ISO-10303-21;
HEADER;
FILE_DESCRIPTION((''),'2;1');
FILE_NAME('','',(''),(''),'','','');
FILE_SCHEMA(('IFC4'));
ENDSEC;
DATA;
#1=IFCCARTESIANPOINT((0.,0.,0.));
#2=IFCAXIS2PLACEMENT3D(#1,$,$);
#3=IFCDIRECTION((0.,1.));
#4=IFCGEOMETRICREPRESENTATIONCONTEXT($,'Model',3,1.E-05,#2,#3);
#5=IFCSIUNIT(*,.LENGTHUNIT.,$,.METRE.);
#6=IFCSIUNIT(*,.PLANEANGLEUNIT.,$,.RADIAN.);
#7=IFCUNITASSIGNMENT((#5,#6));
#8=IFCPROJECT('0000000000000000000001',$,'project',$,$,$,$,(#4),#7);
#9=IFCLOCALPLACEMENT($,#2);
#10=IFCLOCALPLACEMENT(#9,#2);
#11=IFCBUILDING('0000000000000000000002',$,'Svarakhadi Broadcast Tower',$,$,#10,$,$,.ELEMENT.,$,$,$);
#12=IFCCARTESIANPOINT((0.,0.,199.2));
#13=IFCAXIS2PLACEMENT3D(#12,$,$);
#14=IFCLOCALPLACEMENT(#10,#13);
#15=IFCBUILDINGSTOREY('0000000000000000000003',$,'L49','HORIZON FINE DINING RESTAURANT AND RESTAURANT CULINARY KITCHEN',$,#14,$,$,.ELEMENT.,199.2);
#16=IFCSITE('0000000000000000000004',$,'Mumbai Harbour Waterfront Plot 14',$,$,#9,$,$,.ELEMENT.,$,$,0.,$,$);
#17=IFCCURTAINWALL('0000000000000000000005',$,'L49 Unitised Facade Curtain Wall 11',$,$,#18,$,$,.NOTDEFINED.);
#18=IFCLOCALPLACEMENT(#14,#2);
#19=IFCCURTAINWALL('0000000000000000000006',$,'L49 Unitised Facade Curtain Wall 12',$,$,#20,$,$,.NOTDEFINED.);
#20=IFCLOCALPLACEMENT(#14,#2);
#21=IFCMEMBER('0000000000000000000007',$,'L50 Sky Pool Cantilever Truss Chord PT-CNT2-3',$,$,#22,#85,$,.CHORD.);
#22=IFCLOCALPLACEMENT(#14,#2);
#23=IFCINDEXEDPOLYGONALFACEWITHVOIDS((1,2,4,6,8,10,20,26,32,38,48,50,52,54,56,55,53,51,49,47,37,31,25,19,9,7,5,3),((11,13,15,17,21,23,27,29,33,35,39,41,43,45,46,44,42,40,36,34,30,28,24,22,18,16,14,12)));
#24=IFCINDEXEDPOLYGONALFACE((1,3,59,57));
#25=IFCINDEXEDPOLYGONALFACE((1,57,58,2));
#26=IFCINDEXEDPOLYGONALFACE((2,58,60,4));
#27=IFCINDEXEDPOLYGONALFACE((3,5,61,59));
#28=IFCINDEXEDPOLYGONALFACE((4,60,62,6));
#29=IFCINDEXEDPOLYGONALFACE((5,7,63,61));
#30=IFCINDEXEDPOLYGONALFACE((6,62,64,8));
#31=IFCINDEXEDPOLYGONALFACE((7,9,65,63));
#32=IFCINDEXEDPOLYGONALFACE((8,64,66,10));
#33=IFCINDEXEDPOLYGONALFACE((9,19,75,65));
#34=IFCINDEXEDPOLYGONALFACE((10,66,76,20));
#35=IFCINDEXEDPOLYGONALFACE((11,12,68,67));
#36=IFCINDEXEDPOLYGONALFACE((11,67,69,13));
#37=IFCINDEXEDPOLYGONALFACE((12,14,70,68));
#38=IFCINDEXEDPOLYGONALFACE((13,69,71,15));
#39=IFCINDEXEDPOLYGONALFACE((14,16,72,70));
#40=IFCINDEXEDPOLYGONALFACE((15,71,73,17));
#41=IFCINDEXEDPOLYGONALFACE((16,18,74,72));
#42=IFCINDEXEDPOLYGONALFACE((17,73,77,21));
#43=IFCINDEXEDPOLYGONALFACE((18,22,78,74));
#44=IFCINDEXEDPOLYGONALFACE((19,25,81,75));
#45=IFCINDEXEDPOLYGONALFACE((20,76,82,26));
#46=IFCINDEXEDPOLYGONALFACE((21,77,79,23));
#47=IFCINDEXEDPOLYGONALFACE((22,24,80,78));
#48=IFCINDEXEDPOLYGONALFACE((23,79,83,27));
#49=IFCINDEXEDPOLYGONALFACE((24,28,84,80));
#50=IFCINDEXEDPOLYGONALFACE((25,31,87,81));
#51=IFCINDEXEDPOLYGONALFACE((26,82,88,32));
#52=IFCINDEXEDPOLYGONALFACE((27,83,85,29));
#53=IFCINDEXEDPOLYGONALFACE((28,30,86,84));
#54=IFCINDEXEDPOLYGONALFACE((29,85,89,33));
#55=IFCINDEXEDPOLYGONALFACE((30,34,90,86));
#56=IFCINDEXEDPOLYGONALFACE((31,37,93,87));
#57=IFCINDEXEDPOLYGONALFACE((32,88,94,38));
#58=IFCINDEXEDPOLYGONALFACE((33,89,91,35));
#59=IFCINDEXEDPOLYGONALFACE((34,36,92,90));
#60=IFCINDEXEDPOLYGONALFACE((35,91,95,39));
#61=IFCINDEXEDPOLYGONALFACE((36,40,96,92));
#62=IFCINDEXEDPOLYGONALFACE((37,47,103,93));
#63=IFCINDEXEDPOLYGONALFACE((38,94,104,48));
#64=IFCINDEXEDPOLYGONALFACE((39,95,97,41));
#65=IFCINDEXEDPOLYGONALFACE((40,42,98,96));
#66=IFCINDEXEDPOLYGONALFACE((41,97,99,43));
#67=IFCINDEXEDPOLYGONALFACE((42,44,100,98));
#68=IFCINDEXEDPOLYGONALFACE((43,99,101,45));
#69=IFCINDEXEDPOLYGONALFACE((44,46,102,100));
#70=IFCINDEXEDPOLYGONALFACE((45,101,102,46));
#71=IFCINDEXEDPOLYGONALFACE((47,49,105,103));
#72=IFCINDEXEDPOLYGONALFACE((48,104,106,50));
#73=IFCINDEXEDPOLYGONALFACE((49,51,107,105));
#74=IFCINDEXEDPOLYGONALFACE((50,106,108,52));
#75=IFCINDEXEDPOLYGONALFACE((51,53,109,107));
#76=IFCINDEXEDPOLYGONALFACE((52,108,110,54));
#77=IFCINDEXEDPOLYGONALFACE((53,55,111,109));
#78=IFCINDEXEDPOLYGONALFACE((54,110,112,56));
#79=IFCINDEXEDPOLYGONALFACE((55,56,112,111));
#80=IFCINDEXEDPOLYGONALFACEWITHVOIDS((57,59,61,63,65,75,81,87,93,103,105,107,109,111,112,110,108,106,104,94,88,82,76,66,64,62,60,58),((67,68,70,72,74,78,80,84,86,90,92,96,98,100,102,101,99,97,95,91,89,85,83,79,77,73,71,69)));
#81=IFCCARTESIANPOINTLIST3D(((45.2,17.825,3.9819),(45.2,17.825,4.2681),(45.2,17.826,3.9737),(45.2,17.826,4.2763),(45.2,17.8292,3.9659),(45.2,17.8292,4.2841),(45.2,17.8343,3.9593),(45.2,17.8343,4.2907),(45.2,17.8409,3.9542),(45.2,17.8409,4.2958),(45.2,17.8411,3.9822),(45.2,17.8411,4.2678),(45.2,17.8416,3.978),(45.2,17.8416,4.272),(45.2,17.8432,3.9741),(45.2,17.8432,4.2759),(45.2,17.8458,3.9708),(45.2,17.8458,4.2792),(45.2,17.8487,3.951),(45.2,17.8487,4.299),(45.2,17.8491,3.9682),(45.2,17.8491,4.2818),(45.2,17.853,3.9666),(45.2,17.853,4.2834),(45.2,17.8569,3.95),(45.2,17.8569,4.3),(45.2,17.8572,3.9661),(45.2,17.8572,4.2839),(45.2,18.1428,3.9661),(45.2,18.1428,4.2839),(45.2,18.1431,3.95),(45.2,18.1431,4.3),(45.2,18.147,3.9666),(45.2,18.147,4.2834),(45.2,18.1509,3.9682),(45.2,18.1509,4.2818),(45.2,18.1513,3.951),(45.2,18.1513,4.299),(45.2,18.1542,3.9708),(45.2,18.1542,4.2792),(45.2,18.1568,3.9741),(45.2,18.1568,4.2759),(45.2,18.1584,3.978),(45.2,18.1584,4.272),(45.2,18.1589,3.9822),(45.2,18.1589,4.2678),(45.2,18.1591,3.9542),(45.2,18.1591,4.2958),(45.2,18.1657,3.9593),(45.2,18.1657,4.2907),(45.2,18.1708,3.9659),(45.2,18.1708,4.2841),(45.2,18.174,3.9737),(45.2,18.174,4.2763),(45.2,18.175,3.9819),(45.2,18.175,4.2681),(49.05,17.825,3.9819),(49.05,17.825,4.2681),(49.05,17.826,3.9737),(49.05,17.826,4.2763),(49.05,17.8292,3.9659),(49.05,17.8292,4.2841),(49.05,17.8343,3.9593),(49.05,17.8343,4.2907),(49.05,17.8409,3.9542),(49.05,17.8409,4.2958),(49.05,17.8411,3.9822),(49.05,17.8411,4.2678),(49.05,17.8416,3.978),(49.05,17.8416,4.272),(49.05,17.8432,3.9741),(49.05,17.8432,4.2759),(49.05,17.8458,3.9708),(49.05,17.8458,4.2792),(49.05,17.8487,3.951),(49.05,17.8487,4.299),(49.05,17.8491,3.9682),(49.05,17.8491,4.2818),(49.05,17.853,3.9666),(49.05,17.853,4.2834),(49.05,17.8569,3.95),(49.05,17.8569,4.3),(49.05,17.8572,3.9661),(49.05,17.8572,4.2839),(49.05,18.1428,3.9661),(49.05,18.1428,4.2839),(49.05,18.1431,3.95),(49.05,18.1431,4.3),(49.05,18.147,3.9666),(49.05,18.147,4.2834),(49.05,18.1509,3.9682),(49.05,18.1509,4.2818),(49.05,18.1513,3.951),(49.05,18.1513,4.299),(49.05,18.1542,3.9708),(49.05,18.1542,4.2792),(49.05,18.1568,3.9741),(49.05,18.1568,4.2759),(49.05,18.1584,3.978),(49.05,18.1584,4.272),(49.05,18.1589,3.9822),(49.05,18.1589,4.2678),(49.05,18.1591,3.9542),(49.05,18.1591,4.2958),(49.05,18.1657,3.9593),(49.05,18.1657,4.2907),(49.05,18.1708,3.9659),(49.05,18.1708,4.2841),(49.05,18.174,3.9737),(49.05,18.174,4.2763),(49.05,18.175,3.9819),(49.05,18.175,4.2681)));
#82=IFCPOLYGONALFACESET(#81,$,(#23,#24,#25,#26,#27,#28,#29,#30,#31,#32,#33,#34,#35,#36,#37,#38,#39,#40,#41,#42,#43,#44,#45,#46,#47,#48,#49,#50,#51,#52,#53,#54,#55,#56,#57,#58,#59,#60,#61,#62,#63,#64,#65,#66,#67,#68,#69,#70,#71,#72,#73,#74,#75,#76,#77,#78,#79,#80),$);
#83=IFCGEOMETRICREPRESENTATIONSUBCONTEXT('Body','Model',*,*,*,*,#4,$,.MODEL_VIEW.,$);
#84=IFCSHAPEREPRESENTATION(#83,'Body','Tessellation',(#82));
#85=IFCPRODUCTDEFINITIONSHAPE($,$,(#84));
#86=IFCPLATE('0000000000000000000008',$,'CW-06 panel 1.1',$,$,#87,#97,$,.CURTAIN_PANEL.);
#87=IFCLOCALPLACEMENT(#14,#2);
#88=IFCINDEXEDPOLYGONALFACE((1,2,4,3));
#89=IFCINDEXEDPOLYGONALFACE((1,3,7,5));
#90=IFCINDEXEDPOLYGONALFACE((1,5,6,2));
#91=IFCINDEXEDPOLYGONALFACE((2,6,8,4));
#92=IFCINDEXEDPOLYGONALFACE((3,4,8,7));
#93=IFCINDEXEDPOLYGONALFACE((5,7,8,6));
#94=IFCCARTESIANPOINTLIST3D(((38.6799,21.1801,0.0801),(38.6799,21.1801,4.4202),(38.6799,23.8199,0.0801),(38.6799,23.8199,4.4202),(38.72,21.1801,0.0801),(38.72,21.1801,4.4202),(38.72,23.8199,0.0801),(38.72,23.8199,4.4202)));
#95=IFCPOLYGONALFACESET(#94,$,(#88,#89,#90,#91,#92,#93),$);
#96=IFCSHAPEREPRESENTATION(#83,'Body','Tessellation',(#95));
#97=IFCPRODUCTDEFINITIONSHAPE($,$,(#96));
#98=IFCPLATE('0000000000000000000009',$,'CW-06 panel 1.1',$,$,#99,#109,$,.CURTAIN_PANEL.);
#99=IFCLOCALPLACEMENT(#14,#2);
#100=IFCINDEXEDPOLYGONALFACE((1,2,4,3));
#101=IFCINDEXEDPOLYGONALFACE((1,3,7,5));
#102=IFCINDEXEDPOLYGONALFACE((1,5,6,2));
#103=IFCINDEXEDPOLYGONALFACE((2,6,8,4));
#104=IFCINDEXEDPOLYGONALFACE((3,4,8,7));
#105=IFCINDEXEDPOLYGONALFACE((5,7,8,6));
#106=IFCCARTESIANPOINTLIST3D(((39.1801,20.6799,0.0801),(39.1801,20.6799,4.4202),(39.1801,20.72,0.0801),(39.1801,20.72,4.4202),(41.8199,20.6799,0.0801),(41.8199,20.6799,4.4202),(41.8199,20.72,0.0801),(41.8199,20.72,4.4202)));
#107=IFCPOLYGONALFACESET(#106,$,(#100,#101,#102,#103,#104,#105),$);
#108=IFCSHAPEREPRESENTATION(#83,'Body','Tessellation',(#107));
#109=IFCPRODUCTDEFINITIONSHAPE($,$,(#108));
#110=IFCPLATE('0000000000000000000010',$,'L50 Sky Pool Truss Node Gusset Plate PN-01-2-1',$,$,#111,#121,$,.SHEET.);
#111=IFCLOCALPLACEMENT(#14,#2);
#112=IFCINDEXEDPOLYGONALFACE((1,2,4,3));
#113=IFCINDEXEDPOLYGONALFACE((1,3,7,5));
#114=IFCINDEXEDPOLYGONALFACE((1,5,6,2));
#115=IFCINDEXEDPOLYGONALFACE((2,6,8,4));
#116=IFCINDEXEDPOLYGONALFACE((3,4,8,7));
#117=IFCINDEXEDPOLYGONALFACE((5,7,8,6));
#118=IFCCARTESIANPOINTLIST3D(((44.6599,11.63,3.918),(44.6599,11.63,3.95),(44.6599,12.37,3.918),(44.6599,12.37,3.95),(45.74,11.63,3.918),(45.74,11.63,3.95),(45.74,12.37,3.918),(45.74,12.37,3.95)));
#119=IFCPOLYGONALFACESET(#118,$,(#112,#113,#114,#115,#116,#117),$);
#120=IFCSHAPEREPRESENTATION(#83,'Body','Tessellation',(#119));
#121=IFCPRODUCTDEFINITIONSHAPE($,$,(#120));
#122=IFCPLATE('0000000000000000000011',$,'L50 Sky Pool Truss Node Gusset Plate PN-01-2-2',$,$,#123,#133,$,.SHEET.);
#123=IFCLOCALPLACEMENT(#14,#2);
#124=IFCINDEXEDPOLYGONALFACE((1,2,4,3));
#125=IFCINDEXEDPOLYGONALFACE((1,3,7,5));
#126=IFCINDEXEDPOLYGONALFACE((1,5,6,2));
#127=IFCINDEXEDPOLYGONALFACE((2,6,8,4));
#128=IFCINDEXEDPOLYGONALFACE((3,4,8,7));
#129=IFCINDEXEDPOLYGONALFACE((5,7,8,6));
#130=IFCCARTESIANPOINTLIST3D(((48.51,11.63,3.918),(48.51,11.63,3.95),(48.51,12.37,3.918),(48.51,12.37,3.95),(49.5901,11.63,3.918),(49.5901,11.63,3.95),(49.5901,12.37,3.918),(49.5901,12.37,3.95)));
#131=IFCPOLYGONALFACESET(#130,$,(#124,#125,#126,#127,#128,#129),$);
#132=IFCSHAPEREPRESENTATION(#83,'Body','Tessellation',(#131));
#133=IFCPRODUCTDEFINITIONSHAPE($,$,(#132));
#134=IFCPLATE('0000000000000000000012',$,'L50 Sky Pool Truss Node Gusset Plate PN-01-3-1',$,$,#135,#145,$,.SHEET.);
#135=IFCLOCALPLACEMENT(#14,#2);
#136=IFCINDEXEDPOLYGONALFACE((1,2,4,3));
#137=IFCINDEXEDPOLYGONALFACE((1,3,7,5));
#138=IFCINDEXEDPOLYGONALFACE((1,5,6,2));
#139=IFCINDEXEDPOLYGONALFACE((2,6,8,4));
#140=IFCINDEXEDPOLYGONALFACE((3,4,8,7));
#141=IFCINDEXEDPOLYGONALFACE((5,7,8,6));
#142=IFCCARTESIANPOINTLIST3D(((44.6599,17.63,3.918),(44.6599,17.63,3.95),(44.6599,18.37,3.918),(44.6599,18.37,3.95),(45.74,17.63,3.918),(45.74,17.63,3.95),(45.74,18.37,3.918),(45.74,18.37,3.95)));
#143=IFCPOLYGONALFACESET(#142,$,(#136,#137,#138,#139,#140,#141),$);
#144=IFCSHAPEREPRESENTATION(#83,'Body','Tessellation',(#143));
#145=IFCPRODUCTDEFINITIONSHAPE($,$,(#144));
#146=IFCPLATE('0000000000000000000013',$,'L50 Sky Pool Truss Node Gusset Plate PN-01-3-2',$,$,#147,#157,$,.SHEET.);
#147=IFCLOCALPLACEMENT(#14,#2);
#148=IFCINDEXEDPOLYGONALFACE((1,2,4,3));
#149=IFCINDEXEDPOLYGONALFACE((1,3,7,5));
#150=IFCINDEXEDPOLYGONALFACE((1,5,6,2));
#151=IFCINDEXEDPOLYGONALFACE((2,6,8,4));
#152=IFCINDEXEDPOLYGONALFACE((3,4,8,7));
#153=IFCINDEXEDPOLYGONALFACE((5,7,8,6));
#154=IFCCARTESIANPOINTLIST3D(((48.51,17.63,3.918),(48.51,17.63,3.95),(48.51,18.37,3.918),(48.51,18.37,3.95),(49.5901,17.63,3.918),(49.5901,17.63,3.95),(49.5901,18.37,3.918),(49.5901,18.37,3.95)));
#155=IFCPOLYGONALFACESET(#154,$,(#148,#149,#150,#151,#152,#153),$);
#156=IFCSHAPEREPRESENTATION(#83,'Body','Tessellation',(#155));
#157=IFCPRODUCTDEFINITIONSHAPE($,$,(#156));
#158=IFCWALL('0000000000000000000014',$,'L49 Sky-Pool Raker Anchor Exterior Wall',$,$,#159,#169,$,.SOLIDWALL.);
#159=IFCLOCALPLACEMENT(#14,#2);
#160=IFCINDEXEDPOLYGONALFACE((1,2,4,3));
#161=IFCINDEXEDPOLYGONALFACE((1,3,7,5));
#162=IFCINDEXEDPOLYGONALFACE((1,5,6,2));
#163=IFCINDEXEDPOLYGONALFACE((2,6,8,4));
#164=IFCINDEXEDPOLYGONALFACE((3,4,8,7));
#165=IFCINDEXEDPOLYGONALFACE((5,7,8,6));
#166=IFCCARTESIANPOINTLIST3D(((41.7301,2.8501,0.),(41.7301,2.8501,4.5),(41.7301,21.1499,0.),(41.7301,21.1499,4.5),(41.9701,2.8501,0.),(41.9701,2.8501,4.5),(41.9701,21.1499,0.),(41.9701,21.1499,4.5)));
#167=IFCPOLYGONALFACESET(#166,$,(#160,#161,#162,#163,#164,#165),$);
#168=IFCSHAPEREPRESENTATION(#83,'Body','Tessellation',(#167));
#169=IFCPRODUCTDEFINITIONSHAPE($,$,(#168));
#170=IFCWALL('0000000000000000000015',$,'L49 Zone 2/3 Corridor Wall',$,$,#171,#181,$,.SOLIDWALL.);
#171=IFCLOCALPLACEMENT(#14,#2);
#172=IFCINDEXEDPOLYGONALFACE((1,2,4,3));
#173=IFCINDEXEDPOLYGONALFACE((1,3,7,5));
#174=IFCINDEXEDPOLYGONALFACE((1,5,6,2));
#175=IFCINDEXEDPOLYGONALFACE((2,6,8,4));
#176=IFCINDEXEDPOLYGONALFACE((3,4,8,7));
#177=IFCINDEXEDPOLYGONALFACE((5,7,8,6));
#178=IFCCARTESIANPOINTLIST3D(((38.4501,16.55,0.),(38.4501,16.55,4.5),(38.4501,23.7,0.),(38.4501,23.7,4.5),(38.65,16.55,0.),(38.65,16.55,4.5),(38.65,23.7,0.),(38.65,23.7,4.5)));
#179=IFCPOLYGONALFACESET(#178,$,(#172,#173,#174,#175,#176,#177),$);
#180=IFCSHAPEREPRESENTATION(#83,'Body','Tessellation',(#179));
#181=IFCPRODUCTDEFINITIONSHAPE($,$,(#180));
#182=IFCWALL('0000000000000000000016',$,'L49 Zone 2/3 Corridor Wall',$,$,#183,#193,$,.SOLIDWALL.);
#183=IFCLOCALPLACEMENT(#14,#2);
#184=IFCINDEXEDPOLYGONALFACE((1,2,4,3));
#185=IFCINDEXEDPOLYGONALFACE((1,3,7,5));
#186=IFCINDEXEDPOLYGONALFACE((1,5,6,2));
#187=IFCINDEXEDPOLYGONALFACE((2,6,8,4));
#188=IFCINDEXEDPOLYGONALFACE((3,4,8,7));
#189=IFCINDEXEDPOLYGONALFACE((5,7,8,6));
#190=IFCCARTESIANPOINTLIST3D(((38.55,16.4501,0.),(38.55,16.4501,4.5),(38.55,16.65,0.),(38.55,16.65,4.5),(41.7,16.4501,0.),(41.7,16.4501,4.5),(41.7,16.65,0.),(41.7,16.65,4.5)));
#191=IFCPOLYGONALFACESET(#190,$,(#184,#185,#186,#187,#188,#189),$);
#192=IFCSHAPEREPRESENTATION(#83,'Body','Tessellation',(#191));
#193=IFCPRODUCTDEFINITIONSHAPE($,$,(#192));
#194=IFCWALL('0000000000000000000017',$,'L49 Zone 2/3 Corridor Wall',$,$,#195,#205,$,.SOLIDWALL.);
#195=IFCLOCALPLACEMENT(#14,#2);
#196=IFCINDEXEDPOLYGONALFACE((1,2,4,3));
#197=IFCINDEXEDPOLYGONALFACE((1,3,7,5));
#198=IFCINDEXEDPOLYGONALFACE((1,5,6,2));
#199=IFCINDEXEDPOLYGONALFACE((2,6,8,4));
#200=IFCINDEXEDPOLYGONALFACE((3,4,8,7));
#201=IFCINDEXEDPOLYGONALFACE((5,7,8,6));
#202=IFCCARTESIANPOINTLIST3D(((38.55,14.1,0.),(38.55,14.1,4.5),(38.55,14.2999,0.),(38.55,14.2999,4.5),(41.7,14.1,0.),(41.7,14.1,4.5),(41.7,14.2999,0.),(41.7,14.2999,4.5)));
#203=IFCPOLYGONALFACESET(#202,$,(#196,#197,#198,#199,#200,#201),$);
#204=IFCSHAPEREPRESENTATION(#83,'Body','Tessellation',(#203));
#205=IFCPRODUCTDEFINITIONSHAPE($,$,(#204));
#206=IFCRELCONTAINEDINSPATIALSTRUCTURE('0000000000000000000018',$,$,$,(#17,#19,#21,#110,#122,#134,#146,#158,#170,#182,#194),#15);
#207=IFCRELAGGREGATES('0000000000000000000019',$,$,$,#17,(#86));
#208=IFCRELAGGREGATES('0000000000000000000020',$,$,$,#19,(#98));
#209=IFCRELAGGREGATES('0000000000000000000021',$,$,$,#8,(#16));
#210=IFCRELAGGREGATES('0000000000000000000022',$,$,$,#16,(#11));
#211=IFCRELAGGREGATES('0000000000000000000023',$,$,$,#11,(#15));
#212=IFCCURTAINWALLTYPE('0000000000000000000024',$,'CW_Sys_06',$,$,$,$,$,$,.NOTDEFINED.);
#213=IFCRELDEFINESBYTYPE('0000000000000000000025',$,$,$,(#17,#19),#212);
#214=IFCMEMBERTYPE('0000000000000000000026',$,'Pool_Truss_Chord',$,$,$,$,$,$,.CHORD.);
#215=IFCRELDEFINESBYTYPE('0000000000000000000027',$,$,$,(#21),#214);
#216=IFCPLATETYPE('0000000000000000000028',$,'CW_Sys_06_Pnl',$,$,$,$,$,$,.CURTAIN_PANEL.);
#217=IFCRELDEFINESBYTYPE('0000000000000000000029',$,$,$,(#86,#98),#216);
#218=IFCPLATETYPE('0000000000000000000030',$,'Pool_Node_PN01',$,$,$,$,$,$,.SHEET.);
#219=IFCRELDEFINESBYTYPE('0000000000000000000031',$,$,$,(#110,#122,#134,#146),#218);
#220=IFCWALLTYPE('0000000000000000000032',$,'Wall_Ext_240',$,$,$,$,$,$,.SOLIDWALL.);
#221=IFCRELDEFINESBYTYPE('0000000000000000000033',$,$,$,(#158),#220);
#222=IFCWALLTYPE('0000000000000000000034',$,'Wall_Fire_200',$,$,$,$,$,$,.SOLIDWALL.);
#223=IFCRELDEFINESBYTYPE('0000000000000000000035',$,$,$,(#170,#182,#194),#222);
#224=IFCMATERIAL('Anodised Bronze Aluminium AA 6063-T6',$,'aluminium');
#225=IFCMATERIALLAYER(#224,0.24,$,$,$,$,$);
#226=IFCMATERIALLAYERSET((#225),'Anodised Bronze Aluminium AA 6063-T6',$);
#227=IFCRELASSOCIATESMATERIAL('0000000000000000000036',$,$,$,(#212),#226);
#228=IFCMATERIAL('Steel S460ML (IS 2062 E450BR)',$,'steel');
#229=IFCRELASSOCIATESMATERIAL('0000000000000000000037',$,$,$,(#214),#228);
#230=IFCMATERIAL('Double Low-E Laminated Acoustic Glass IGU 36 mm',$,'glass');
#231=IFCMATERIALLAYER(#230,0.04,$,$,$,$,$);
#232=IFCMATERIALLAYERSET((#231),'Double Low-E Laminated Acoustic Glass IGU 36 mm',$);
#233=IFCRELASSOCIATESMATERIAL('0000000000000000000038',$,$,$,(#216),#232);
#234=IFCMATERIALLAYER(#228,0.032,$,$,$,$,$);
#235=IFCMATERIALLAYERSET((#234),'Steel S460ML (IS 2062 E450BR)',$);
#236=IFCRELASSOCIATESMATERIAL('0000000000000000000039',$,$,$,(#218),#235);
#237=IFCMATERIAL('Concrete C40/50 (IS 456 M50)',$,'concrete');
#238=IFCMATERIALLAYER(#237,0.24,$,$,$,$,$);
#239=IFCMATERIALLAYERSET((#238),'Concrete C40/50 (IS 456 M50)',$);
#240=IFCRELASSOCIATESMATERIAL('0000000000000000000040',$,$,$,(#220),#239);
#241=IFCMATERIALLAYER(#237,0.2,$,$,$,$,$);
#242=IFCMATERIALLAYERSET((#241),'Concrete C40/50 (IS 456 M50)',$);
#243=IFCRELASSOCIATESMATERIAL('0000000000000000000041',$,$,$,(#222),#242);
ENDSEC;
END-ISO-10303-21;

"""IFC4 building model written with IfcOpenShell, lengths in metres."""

from ifc_helpers import new_model, si_unit, direction, frame, frame_2d, origin, origin_2d, place, context, subcontext, project, spatial, rectangle, hollow_rectangle, extrude, material, layer, layer_set, material_profile, profile_set, type_object, element, aggregate, save


model = new_model("IFC4")

# Units and contexts
model_context = context("Model", 3, precision=1e-05, world=origin(), true_north=direction((0.0, 1.0)))
body_context = subcontext(model_context, "Body", "Model", "MODEL_VIEW")
ifc_project = project(units=[si_unit("LENGTHUNIT", "METRE"), si_unit("PLANEANGLEUNIT", "RADIAN")], contexts=[model_context])

# Site, building, storey
site_placement = place(None, origin())
site = spatial("IfcSite", under=ifc_project, at=site_placement, Name="Mumbai Harbour Waterfront Plot 14", CompositionType="ELEMENT", RefElevation=0.0)
building_placement = place(site_placement, origin())
building = spatial("IfcBuilding", under=site, at=building_placement, Name="Svarakhadi Broadcast Tower", CompositionType="ELEMENT")
storey_placement = place(building_placement, frame((0.0, 0.0, 199.2)))
storey = spatial("IfcBuildingStorey", under=building, at=storey_placement, Name="L49", Description="HORIZON FINE DINING RESTAURANT AND RESTAURANT CULINARY KITCHEN", CompositionType="ELEMENT", Elevation=199.2)

# Shared definitions
ifc_material_1 = material(Name="Steel S460ML (IS 2062 E450BR)", Category="steel")

# Shared definitions
ifc_material_2 = material(Name="Anodised Bronze Aluminium AA 6063-T6", Category="aluminium")
ifc_layer_1 = layer(ifc_material_2, 0.24)
ifc_layer_set_1 = layer_set([ifc_layer_1], Name="Anodised Bronze Aluminium AA 6063-T6")
curtain_wall_type = type_object("IfcCurtainWallType", Name="CW_Sys_06", PredefinedType="NOTDEFINED", material=ifc_layer_set_1)

# Curtain walls
curtain_wall_1_placement = place(storey_placement, origin())
curtain_wall_1 = element("IfcCurtainWall", 1, at=curtain_wall_1_placement, inside=storey, type_object=curtain_wall_type, Name="L49 Unitised Facade Curtain Wall 11", PredefinedType="NOTDEFINED")
curtain_wall_2_placement = place(storey_placement, origin())
curtain_wall_2 = element("IfcCurtainWall", 2, at=curtain_wall_2_placement, inside=storey, type_object=curtain_wall_type, Name="L49 Unitised Facade Curtain Wall 12", PredefinedType="NOTDEFINED")

# Member
ifc_material_profile_1 = material_profile(ifc_material_1, hollow_rectangle(XDim=0.3501, YDim=0.3501, WallThickness=0.0161, InnerFilletRadius=0.0161, OuterFilletRadius=0.032, at=origin_2d()), Name="SHS 350x350x16")
ifc_profile_set_1 = profile_set([ifc_material_profile_1], Name="Steel S460ML (IS 2062 E450BR)")
member_type_1 = type_object("IfcMemberType", Name="Pool_Truss_Chord", PredefinedType="CHORD", material=ifc_profile_set_1)
member_1_placement = place(storey_placement, frame((45.2, 18.0, 4.125), z_axis=(1.0, 0.0, 0.0), x_axis=(0.0, 1.0, 0.0)))
element("IfcMember", 3, at=member_1_placement, inside=storey, type_object=member_type_1, Name="L50 Sky Pool Cantilever Truss Chord PT-CNT2-3", PredefinedType="CHORD", context=body_context, shape_type="SweptSolid", body=[
    extrude(hollow_rectangle(XDim=0.3501, YDim=0.3501, WallThickness=0.0161, InnerFilletRadius=0.0161, OuterFilletRadius=0.032, at=origin_2d()), origin(), (0.0, 0.0, 1.0), 3.8501),
])

# Plates
ifc_material_3 = material(Name="Double Low-E Laminated Acoustic Glass IGU 36 mm", Category="glass")
ifc_layer_2 = layer(ifc_material_3, 0.04)
ifc_layer_set_2 = layer_set([ifc_layer_2], Name="Double Low-E Laminated Acoustic Glass IGU 36 mm")
plate_type_1 = type_object("IfcPlateType", Name="CW_Sys_06_Pnl", PredefinedType="CURTAIN_PANEL", material=ifc_layer_set_2)
plate_1_placement = place(storey_placement, frame((38.7, 22.5, 0.0801), z_axis=(0.0, 0.0, 1.0), x_axis=(0.0, -1.0, 0.0)))
plate_1 = element("IfcPlate", 4, at=plate_1_placement, type_object=plate_type_1, Name="CW-06 panel 1.1", PredefinedType="CURTAIN_PANEL", context=body_context, shape_type="SweptSolid", body=[
    extrude(rectangle(XDim=2.6399, YDim=0.04, at=origin_2d()), origin(), (0.0, 0.0, 1.0), 4.3401),
])
aggregate(curtain_wall_1, [plate_1])
plate_2_placement = place(storey_placement, frame((40.5, 20.7, 0.0801), z_axis=(0.0, 0.0, 1.0), x_axis=(1.0, 0.0, 0.0)))
plate_2 = element("IfcPlate", 5, at=plate_2_placement, type_object=plate_type_1, Name="CW-06 panel 1.1", PredefinedType="CURTAIN_PANEL", context=body_context, shape_type="SweptSolid", body=[
    extrude(rectangle(XDim=2.6399, YDim=0.04, at=origin_2d()), origin(), (0.0, 0.0, 1.0), 4.3401),
])
aggregate(curtain_wall_2, [plate_2])

# Plates
ifc_layer_3 = layer(ifc_material_1, 0.032)
ifc_layer_set_3 = layer_set([ifc_layer_3], Name="Steel S460ML (IS 2062 E450BR)")
plate_type_2 = type_object("IfcPlateType", Name="Pool_Node_PN01", PredefinedType="SHEET", material=ifc_layer_set_3)
for number, where, z_axis, x_axis, name in (
    (6, (45.2, 12.0, 3.918), (0.0, 0.0, 1.0), (1.0, 0.0, 0.0), "L50 Sky Pool Truss Node Gusset Plate PN-01-2-1"),
    (7, (49.05, 12.0, 3.918), (0.0, 0.0, 1.0), (1.0, 0.0, 0.0), "L50 Sky Pool Truss Node Gusset Plate PN-01-2-2"),
    (8, (45.2, 18.0, 3.918), (0.0, 0.0, 1.0), (1.0, 0.0, 0.0), "L50 Sky Pool Truss Node Gusset Plate PN-01-3-1"),
    (9, (49.05, 18.0, 3.918), (0.0, 0.0, 1.0), (1.0, 0.0, 0.0), "L50 Sky Pool Truss Node Gusset Plate PN-01-3-2"),
):
    element("IfcPlate", number, at=place(storey_placement, frame(where, z_axis=z_axis, x_axis=x_axis)), inside=storey, type_object=plate_type_2, Name=name, PredefinedType="SHEET", context=body_context, shape_type="SweptSolid", body=[
        extrude(rectangle(XDim=1.0801, YDim=0.74, at=origin_2d()), origin(), (0.0, 0.0, 1.0), 0.032),
    ])

# Walls
ifc_material_4 = material(Name="Concrete C40/50 (IS 456 M50)", Category="concrete")
ifc_layer_4 = layer(ifc_material_4, 0.24)
ifc_layer_set_4 = layer_set([ifc_layer_4], Name="Concrete C40/50 (IS 456 M50)")
wall_type_1 = type_object("IfcWallType", Name="Wall_Ext_240", PredefinedType="SOLIDWALL", material=ifc_layer_set_4)
wall_1_placement = place(storey_placement, frame((41.8501, 21.1499, 0.0), z_axis=(0.0, 0.0, 1.0), x_axis=(0.0, -1.0, 0.0)))
element("IfcWall", 10, at=wall_1_placement, inside=storey, type_object=wall_type_1, Name="L49 Sky-Pool Raker Anchor Exterior Wall", PredefinedType="SOLIDWALL", context=body_context, shape_type="SweptSolid", body=[
    extrude(rectangle(XDim=18.2998, YDim=0.24, at=frame_2d((9.1499, 0.0))), origin(), (0.0, 0.0, 1.0), 4.5),
])
ifc_layer_5 = layer(ifc_material_4, 0.2)
ifc_layer_set_5 = layer_set([ifc_layer_5], Name="Concrete C40/50 (IS 456 M50)")
wall_type_2 = type_object("IfcWallType", Name="Wall_Fire_200", PredefinedType="SOLIDWALL", material=ifc_layer_set_5)
wall_2_placement = place(storey_placement, frame((38.55, 23.7, 0.0), z_axis=(0.0, 0.0, 1.0), x_axis=(0.0, -1.0, 0.0)))
element("IfcWall", 11, at=wall_2_placement, inside=storey, type_object=wall_type_2, Name="L49 Zone 2/3 Corridor Wall", PredefinedType="SOLIDWALL", context=body_context, shape_type="SweptSolid", body=[
    extrude(rectangle(XDim=7.1499, YDim=0.2, at=frame_2d((3.575, 0.0))), origin(), (0.0, 0.0, 1.0), 4.5),
])
for number, where, z_axis, x_axis, name in (
    (12, (38.55, 16.55, 0.0), (0.0, 0.0, 1.0), (1.0, 0.0, 0.0), "L49 Zone 2/3 Corridor Wall"),
    (13, (41.7, 14.2, 0.0), (0.0, 0.0, 1.0), (-1.0, 0.0, 0.0), "L49 Zone 2/3 Corridor Wall"),
):
    element("IfcWall", number, at=place(storey_placement, frame(where, z_axis=z_axis, x_axis=x_axis)), inside=storey, type_object=wall_type_2, Name=name, PredefinedType="SOLIDWALL", context=body_context, shape_type="SweptSolid", body=[
        extrude(rectangle(XDim=3.1499, YDim=0.2, at=frame_2d((1.575, 0.0))), origin(), (0.0, 0.0, 1.0), 4.5),
    ])

save(model, "model.ifc")
